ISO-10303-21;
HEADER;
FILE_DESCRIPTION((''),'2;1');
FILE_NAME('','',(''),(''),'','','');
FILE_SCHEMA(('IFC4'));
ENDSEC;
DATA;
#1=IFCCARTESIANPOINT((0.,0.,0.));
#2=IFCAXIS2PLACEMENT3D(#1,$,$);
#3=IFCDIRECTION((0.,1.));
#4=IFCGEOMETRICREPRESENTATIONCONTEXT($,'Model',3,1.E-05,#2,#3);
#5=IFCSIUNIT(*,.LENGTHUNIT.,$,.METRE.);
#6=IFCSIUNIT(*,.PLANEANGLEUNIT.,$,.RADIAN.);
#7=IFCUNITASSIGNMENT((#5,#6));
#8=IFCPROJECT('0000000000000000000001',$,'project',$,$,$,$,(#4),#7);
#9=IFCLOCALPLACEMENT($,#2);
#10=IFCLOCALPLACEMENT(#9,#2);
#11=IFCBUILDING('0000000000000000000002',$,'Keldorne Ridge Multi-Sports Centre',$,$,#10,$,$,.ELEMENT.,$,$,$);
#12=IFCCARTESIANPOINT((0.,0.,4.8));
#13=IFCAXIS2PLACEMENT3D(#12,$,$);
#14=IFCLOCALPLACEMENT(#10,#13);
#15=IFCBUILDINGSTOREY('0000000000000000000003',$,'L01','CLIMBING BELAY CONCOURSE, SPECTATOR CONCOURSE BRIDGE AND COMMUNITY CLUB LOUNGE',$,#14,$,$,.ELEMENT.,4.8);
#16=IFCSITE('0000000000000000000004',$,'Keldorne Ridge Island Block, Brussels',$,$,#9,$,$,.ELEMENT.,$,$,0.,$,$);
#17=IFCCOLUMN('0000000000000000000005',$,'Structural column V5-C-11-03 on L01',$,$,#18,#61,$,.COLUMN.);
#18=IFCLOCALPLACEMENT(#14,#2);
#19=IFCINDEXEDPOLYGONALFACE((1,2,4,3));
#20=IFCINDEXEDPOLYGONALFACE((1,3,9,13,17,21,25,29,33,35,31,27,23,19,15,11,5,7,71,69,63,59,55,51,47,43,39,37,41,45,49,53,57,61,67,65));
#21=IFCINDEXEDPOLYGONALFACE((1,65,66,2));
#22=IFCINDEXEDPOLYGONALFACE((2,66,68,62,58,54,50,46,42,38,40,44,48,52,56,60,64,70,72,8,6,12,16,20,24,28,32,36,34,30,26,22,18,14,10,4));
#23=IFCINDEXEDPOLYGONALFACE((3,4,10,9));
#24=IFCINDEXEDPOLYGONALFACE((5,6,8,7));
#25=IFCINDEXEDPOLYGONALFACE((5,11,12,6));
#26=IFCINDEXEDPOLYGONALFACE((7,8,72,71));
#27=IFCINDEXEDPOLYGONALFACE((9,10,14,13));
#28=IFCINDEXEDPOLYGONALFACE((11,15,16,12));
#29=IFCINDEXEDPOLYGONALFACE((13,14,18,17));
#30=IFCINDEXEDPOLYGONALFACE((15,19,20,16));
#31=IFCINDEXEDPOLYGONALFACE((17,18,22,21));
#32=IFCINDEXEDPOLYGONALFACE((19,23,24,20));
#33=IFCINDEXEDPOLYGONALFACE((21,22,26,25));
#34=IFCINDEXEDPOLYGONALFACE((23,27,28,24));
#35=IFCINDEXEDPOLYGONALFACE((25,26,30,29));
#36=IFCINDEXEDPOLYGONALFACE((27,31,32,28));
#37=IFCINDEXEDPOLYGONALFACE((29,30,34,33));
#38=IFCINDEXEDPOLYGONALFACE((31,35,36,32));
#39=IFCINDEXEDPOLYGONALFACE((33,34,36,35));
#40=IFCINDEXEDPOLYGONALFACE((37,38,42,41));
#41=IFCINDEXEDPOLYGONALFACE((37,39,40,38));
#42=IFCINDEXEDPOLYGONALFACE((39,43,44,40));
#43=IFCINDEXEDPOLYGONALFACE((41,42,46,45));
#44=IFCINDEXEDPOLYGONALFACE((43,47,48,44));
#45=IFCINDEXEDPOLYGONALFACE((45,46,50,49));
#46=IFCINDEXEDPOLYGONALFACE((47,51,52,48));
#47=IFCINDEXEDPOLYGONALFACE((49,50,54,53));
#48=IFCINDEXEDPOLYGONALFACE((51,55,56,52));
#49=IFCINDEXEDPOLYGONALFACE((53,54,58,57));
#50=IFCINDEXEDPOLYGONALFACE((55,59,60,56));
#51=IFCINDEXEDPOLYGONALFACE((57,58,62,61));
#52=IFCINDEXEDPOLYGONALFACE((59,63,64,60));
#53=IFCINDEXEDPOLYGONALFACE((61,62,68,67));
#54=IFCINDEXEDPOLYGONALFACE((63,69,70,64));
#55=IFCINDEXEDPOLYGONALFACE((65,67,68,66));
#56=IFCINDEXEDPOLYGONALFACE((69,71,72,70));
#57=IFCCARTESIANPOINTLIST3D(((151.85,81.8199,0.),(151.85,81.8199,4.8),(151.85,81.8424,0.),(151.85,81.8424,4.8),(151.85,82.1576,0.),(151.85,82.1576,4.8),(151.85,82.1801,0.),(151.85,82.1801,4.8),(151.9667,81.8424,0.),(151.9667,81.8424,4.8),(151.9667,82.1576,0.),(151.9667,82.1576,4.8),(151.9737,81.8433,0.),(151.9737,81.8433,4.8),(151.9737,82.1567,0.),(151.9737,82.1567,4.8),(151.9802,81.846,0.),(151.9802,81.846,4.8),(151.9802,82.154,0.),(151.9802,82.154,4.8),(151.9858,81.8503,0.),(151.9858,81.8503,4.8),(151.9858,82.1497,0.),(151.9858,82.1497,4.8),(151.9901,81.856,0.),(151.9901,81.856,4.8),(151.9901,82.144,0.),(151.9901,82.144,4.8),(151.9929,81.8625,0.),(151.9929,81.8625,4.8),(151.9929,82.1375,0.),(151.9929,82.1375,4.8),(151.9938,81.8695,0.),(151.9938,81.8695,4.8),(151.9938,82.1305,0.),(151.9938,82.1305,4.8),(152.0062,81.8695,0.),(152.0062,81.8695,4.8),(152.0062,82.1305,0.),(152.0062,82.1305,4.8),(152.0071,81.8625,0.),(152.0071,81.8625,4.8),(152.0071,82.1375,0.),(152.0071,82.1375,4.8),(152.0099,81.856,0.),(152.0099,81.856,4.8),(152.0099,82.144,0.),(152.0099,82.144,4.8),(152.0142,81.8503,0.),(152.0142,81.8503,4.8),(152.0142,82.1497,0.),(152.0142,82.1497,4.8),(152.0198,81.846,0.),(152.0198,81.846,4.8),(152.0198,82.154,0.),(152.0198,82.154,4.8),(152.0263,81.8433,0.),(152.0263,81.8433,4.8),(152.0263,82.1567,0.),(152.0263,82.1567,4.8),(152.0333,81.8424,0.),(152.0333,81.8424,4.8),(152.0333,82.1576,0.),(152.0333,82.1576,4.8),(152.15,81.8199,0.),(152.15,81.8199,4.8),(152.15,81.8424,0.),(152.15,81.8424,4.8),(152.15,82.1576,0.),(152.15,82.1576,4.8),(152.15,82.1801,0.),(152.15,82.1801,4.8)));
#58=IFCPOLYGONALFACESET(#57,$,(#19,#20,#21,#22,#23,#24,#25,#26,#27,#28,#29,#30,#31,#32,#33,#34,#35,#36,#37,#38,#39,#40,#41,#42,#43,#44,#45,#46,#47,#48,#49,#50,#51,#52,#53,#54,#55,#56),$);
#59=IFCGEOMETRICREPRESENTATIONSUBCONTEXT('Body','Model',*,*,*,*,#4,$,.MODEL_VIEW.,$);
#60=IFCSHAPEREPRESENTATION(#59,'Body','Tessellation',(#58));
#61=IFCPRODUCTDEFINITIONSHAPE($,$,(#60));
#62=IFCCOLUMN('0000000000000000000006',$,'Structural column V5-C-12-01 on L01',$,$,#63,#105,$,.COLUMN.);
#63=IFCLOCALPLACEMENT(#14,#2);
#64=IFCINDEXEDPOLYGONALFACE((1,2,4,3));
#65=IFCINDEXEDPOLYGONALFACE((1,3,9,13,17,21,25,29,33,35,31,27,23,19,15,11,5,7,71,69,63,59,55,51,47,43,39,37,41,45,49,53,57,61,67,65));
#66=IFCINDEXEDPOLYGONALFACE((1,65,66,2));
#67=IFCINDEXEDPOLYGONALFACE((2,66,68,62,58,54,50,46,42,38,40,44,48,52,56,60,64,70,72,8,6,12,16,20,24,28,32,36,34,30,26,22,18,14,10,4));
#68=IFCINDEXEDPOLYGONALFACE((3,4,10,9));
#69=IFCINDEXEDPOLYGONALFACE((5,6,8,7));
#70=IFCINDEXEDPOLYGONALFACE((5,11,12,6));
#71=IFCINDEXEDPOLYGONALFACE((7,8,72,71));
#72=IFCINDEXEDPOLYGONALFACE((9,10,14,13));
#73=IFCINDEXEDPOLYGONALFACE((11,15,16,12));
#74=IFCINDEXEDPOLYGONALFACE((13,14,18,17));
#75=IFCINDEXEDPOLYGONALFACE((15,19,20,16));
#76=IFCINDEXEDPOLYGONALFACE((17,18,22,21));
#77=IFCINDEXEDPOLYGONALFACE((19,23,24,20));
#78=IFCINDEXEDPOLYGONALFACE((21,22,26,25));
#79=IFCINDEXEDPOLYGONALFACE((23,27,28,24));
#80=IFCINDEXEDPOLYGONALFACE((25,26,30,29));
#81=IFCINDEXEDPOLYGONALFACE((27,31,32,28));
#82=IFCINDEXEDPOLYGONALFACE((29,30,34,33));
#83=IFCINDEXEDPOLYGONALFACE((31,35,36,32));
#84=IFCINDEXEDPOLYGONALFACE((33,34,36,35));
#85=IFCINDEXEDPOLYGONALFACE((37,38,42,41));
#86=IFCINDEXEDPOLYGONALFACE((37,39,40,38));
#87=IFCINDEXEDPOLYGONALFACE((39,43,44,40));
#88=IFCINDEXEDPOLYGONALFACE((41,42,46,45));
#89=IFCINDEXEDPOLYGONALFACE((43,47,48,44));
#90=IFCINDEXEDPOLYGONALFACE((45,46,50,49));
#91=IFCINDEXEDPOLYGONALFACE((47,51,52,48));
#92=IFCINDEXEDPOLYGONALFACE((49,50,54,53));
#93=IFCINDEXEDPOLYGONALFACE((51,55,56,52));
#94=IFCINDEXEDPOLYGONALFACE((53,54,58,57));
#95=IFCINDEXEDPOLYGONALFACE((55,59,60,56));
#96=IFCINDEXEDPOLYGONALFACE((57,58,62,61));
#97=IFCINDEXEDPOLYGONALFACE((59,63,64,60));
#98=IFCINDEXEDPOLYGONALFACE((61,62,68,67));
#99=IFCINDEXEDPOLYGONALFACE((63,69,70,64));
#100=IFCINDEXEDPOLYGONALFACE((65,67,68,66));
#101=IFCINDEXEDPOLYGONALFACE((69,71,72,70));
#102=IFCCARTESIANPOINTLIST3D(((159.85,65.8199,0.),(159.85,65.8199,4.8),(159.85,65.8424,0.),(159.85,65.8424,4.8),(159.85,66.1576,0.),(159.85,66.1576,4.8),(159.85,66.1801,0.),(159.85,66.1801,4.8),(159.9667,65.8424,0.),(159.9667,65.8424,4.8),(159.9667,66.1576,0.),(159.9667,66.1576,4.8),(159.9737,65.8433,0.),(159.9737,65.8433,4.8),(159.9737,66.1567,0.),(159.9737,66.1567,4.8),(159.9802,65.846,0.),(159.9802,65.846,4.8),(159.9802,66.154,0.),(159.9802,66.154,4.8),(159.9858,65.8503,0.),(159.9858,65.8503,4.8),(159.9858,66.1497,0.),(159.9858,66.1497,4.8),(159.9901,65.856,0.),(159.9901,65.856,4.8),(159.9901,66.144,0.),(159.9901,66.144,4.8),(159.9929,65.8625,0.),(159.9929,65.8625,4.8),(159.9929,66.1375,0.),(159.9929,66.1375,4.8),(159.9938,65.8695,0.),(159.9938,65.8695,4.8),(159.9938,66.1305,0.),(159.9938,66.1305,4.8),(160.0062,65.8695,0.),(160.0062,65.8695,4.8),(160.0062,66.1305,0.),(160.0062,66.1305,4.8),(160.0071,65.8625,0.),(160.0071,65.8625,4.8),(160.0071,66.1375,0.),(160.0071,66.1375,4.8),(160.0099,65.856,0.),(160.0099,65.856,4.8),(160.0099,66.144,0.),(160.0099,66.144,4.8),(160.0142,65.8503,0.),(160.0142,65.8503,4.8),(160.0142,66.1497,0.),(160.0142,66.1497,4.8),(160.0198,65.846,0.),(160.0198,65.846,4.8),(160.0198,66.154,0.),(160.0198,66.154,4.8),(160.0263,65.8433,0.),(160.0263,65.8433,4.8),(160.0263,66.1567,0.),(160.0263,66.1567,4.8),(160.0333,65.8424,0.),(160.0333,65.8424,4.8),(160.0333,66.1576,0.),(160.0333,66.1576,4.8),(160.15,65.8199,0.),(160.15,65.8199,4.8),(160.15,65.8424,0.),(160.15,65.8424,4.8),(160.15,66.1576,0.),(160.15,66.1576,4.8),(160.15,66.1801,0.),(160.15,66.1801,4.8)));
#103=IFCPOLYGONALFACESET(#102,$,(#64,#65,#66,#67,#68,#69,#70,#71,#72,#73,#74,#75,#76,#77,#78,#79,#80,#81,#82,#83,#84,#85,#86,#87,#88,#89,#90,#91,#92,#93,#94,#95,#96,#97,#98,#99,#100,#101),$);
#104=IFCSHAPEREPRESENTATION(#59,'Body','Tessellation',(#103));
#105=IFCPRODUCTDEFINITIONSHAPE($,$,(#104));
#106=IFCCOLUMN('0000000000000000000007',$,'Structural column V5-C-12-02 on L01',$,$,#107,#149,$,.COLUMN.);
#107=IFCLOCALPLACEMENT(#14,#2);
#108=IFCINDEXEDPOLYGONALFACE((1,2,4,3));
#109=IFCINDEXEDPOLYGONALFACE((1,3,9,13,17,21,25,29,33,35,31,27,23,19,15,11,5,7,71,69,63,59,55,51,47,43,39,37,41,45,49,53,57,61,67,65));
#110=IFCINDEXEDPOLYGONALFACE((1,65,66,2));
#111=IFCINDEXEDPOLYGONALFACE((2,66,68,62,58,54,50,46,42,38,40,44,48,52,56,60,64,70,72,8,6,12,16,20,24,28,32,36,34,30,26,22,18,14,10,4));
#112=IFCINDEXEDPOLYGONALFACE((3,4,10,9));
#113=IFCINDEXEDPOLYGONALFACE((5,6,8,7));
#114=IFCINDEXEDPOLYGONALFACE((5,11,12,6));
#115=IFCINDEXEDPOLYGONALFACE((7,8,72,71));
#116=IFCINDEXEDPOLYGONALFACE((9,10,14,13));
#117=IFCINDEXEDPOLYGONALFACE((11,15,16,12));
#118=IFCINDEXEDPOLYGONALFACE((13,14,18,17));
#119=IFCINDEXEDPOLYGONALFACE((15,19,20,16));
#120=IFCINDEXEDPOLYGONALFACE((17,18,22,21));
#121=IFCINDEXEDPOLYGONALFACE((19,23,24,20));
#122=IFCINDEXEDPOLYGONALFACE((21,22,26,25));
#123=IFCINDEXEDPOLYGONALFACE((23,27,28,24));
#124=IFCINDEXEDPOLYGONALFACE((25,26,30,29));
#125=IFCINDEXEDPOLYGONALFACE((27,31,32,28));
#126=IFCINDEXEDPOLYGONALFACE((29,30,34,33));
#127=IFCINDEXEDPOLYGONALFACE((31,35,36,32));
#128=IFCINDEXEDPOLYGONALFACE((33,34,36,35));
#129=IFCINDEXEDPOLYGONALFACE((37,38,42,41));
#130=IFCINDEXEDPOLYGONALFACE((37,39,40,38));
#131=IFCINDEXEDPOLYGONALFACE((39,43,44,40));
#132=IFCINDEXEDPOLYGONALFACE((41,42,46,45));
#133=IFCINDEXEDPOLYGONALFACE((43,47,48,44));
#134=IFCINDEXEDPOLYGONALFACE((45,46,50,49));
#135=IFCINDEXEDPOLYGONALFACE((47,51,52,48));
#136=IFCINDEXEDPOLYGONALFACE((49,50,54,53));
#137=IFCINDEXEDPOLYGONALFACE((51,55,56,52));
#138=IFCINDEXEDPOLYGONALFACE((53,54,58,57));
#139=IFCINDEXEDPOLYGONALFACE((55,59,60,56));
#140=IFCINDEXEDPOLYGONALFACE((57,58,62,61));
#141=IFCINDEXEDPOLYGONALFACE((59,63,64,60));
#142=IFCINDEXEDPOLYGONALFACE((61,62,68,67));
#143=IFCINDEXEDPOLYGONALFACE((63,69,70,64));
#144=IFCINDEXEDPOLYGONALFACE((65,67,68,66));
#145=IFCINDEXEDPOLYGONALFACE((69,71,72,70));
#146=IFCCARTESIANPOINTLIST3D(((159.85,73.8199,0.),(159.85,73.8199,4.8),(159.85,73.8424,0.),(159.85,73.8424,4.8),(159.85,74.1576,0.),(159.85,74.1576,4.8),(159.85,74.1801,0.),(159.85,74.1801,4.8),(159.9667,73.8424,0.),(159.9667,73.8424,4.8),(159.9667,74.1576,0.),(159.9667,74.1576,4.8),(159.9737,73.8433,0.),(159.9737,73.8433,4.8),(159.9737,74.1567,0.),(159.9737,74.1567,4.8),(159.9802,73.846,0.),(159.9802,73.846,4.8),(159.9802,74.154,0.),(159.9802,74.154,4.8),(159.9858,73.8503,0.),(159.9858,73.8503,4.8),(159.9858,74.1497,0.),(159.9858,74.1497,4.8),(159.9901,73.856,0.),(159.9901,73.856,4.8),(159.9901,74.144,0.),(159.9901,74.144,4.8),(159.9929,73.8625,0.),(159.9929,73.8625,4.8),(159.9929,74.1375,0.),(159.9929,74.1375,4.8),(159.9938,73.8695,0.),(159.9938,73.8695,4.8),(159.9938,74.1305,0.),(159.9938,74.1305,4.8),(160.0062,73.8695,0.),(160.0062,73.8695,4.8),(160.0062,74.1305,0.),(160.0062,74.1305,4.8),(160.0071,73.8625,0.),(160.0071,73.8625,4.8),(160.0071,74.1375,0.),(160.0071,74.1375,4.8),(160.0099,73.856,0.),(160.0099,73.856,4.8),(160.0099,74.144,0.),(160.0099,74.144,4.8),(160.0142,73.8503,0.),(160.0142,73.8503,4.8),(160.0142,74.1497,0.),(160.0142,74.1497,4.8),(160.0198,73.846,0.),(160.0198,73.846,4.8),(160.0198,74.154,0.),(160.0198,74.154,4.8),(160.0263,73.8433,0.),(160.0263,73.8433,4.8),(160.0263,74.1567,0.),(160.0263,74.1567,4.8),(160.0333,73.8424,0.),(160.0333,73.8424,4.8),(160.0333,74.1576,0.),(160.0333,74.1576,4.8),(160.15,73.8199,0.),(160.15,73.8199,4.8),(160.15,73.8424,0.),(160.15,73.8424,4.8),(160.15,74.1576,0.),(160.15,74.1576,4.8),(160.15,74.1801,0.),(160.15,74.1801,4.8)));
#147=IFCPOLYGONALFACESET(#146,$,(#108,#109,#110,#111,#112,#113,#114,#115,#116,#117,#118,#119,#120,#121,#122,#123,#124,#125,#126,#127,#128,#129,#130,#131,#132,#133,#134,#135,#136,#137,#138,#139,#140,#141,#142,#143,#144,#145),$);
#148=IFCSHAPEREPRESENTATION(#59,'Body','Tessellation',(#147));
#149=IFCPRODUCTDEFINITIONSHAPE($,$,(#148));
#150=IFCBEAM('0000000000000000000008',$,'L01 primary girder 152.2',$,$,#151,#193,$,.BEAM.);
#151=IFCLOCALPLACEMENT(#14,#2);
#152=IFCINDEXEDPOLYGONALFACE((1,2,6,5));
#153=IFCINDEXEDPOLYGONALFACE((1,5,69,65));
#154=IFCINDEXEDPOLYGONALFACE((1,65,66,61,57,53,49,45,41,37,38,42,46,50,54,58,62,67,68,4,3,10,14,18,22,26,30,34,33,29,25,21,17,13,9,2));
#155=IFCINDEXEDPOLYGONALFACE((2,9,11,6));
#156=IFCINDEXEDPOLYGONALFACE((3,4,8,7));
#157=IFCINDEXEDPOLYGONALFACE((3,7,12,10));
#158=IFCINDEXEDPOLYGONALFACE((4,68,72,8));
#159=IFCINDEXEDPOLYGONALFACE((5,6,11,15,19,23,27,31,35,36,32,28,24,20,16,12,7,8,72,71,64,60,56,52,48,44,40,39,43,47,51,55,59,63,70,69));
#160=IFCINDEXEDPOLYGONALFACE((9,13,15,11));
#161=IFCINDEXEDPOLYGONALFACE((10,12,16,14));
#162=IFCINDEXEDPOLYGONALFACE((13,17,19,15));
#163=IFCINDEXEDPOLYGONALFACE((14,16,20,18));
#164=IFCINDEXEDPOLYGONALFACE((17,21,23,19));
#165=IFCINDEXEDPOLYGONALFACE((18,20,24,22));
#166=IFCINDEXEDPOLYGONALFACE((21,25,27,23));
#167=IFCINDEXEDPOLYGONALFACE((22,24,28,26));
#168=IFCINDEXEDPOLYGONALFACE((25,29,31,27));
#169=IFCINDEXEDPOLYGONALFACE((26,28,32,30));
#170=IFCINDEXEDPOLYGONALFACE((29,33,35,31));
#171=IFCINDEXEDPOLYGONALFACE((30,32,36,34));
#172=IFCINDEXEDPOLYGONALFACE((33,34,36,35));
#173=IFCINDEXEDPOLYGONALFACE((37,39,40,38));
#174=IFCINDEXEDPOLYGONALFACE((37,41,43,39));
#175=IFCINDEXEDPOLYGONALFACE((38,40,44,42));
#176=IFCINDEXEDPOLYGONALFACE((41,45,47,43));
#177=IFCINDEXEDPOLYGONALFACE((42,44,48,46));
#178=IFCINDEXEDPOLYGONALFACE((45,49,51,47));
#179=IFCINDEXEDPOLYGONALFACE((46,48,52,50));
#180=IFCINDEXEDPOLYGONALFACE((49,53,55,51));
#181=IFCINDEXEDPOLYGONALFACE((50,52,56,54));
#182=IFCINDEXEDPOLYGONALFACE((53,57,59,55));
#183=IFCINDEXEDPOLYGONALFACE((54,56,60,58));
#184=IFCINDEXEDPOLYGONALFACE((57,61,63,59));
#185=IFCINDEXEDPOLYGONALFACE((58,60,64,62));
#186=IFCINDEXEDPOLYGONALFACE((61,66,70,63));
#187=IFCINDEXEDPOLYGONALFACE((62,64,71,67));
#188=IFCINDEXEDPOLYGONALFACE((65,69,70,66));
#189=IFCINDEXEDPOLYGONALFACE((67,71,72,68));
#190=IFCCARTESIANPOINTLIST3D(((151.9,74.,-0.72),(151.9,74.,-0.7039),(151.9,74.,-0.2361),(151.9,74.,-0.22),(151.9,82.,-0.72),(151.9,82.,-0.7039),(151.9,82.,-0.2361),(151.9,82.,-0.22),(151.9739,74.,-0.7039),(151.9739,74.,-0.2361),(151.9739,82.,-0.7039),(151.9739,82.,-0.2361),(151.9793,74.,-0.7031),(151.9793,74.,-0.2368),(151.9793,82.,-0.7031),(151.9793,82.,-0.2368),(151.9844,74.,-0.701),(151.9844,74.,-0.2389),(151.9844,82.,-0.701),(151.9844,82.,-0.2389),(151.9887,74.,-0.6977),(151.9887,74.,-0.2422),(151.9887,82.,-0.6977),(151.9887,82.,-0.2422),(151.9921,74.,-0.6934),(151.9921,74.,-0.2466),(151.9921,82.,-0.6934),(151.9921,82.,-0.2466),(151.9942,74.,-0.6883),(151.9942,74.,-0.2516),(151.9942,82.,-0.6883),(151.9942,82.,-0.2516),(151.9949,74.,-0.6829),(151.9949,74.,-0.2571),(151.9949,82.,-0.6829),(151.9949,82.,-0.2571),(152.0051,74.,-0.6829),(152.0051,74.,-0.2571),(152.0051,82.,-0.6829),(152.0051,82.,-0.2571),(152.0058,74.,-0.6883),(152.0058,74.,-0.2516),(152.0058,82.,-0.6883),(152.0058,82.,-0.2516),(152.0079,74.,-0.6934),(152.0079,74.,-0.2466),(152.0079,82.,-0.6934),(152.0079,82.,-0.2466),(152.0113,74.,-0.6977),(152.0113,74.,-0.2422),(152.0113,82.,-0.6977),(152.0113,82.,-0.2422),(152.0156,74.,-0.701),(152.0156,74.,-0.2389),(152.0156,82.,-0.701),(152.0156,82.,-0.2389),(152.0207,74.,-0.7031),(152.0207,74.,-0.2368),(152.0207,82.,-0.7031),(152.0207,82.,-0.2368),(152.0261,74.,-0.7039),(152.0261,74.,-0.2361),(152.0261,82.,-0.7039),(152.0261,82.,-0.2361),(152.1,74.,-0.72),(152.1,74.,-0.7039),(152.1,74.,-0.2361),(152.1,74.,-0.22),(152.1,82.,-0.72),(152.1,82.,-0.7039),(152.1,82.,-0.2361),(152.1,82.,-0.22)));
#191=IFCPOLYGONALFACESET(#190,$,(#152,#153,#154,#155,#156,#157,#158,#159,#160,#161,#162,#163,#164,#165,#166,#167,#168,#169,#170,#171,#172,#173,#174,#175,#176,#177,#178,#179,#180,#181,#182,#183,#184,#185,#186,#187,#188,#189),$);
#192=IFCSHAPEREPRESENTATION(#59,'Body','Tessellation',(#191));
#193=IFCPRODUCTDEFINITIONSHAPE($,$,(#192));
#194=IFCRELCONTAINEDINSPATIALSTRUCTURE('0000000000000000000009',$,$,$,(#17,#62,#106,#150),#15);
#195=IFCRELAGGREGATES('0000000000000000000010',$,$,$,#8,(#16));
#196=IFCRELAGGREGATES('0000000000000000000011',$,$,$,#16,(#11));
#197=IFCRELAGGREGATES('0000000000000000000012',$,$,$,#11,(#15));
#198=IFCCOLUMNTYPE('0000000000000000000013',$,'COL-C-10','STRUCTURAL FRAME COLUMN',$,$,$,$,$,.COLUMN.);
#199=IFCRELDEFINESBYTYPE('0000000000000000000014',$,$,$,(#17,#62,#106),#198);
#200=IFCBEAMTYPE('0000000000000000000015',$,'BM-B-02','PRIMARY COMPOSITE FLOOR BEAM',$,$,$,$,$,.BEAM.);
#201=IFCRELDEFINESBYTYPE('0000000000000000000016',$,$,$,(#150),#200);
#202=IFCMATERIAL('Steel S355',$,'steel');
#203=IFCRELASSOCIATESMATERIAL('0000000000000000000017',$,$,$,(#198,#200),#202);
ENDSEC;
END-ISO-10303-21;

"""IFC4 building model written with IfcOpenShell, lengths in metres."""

from ifc_helpers import new_model, si_unit, direction, frame, origin, origin_2d, place, context, subcontext, project, spatial, i_section, extrude, material, material_profile, profile_set, type_object, element, save


model = new_model("IFC4")

# Units and contexts
model_context = context("Model", 3, precision=1e-05, world=origin(), true_north=direction((0.0, 1.0)))
body_context = subcontext(model_context, "Body", "Model", "MODEL_VIEW")
ifc_project = project(units=[si_unit("LENGTHUNIT", "METRE"), si_unit("PLANEANGLEUNIT", "RADIAN")], contexts=[model_context])

# Site, building, storey
site_placement = place(None, origin())
site = spatial("IfcSite", under=ifc_project, at=site_placement, Name="Keldorne Ridge Island Block, Brussels", CompositionType="ELEMENT", RefElevation=0.0)
building_placement = place(site_placement, origin())
building = spatial("IfcBuilding", under=site, at=building_placement, Name="Keldorne Ridge Multi-Sports Centre", CompositionType="ELEMENT")
storey_placement = place(building_placement, frame((0.0, 0.0, 4.8)))
storey = spatial("IfcBuildingStorey", under=building, at=storey_placement, Name="L01", Description="CLIMBING BELAY CONCOURSE, SPECTATOR CONCOURSE BRIDGE AND COMMUNITY CLUB LOUNGE", CompositionType="ELEMENT", Elevation=4.8)

# Columns
ifc_material_1 = material(Name="Steel S355", Category="steel")
ifc_material_profile_1 = material_profile(ifc_material_1, i_section(OverallWidth=0.3, OverallDepth=0.3601, WebThickness=0.0125, FlangeThickness=0.0225, FilletRadius=0.0271, at=origin_2d()), Name="HEB 360")
ifc_profile_set_1 = profile_set([ifc_material_profile_1], Name="Steel S355")
column_type = type_object("IfcColumnType", Name="COL-C-10", Description="STRUCTURAL FRAME COLUMN", PredefinedType="COLUMN", material=ifc_profile_set_1)
for number, where, z_axis, x_axis, name in (
    (1, (152.0, 82.0, 0.0), (0.0, 0.0, 1.0), (1.0, 0.0, 0.0), "Structural column V5-C-11-03 on L01"),
    (2, (160.0, 66.0, 0.0), (0.0, 0.0, 1.0), (1.0, 0.0, 0.0), "Structural column V5-C-12-01 on L01"),
    (3, (160.0, 74.0, 0.0), (0.0, 0.0, 1.0), (1.0, 0.0, 0.0), "Structural column V5-C-12-02 on L01"),
):
    element("IfcColumn", number, at=place(storey_placement, frame(where, z_axis=z_axis, x_axis=x_axis)), inside=storey, type_object=column_type, Name=name, PredefinedType="COLUMN", context=body_context, shape_type="SweptSolid", body=[
        extrude(i_section(OverallWidth=0.3, OverallDepth=0.3601, WebThickness=0.0125, FlangeThickness=0.0225, FilletRadius=0.0271, at=origin_2d()), origin(), (0.0, 0.0, 1.0), 4.8),
    ])

# Beam
ifc_material_profile_2 = material_profile(ifc_material_1, i_section(OverallWidth=0.2, OverallDepth=0.5, WebThickness=0.0103, FlangeThickness=0.0161, FilletRadius=0.021, at=origin_2d()), Name="IPE 500")
ifc_profile_set_2 = profile_set([ifc_material_profile_2], Name="Steel S355")
beam_type_1 = type_object("IfcBeamType", Name="BM-B-02", Description="PRIMARY COMPOSITE FLOOR BEAM", PredefinedType="BEAM", material=ifc_profile_set_2)
for number, where, z_axis, x_axis, name in (
    (4, (152.0, 74.0, -0.47), (0.0, 1.0, 0.0), (-1.0, 0.0, 0.0), "L01 primary girder 152.2"),
):
    element("IfcBeam", number, at=place(storey_placement, frame(where, z_axis=z_axis, x_axis=x_axis)), inside=storey, type_object=beam_type_1, Name=name, PredefinedType="BEAM", context=body_context, shape_type="SweptSolid", body=[
        extrude(i_section(OverallWidth=0.2, OverallDepth=0.5, WebThickness=0.0103, FlangeThickness=0.0161, FilletRadius=0.021, at=origin_2d()), origin(), (0.0, 0.0, 1.0), 8.0),
    ])

save(model, "model.ifc")
